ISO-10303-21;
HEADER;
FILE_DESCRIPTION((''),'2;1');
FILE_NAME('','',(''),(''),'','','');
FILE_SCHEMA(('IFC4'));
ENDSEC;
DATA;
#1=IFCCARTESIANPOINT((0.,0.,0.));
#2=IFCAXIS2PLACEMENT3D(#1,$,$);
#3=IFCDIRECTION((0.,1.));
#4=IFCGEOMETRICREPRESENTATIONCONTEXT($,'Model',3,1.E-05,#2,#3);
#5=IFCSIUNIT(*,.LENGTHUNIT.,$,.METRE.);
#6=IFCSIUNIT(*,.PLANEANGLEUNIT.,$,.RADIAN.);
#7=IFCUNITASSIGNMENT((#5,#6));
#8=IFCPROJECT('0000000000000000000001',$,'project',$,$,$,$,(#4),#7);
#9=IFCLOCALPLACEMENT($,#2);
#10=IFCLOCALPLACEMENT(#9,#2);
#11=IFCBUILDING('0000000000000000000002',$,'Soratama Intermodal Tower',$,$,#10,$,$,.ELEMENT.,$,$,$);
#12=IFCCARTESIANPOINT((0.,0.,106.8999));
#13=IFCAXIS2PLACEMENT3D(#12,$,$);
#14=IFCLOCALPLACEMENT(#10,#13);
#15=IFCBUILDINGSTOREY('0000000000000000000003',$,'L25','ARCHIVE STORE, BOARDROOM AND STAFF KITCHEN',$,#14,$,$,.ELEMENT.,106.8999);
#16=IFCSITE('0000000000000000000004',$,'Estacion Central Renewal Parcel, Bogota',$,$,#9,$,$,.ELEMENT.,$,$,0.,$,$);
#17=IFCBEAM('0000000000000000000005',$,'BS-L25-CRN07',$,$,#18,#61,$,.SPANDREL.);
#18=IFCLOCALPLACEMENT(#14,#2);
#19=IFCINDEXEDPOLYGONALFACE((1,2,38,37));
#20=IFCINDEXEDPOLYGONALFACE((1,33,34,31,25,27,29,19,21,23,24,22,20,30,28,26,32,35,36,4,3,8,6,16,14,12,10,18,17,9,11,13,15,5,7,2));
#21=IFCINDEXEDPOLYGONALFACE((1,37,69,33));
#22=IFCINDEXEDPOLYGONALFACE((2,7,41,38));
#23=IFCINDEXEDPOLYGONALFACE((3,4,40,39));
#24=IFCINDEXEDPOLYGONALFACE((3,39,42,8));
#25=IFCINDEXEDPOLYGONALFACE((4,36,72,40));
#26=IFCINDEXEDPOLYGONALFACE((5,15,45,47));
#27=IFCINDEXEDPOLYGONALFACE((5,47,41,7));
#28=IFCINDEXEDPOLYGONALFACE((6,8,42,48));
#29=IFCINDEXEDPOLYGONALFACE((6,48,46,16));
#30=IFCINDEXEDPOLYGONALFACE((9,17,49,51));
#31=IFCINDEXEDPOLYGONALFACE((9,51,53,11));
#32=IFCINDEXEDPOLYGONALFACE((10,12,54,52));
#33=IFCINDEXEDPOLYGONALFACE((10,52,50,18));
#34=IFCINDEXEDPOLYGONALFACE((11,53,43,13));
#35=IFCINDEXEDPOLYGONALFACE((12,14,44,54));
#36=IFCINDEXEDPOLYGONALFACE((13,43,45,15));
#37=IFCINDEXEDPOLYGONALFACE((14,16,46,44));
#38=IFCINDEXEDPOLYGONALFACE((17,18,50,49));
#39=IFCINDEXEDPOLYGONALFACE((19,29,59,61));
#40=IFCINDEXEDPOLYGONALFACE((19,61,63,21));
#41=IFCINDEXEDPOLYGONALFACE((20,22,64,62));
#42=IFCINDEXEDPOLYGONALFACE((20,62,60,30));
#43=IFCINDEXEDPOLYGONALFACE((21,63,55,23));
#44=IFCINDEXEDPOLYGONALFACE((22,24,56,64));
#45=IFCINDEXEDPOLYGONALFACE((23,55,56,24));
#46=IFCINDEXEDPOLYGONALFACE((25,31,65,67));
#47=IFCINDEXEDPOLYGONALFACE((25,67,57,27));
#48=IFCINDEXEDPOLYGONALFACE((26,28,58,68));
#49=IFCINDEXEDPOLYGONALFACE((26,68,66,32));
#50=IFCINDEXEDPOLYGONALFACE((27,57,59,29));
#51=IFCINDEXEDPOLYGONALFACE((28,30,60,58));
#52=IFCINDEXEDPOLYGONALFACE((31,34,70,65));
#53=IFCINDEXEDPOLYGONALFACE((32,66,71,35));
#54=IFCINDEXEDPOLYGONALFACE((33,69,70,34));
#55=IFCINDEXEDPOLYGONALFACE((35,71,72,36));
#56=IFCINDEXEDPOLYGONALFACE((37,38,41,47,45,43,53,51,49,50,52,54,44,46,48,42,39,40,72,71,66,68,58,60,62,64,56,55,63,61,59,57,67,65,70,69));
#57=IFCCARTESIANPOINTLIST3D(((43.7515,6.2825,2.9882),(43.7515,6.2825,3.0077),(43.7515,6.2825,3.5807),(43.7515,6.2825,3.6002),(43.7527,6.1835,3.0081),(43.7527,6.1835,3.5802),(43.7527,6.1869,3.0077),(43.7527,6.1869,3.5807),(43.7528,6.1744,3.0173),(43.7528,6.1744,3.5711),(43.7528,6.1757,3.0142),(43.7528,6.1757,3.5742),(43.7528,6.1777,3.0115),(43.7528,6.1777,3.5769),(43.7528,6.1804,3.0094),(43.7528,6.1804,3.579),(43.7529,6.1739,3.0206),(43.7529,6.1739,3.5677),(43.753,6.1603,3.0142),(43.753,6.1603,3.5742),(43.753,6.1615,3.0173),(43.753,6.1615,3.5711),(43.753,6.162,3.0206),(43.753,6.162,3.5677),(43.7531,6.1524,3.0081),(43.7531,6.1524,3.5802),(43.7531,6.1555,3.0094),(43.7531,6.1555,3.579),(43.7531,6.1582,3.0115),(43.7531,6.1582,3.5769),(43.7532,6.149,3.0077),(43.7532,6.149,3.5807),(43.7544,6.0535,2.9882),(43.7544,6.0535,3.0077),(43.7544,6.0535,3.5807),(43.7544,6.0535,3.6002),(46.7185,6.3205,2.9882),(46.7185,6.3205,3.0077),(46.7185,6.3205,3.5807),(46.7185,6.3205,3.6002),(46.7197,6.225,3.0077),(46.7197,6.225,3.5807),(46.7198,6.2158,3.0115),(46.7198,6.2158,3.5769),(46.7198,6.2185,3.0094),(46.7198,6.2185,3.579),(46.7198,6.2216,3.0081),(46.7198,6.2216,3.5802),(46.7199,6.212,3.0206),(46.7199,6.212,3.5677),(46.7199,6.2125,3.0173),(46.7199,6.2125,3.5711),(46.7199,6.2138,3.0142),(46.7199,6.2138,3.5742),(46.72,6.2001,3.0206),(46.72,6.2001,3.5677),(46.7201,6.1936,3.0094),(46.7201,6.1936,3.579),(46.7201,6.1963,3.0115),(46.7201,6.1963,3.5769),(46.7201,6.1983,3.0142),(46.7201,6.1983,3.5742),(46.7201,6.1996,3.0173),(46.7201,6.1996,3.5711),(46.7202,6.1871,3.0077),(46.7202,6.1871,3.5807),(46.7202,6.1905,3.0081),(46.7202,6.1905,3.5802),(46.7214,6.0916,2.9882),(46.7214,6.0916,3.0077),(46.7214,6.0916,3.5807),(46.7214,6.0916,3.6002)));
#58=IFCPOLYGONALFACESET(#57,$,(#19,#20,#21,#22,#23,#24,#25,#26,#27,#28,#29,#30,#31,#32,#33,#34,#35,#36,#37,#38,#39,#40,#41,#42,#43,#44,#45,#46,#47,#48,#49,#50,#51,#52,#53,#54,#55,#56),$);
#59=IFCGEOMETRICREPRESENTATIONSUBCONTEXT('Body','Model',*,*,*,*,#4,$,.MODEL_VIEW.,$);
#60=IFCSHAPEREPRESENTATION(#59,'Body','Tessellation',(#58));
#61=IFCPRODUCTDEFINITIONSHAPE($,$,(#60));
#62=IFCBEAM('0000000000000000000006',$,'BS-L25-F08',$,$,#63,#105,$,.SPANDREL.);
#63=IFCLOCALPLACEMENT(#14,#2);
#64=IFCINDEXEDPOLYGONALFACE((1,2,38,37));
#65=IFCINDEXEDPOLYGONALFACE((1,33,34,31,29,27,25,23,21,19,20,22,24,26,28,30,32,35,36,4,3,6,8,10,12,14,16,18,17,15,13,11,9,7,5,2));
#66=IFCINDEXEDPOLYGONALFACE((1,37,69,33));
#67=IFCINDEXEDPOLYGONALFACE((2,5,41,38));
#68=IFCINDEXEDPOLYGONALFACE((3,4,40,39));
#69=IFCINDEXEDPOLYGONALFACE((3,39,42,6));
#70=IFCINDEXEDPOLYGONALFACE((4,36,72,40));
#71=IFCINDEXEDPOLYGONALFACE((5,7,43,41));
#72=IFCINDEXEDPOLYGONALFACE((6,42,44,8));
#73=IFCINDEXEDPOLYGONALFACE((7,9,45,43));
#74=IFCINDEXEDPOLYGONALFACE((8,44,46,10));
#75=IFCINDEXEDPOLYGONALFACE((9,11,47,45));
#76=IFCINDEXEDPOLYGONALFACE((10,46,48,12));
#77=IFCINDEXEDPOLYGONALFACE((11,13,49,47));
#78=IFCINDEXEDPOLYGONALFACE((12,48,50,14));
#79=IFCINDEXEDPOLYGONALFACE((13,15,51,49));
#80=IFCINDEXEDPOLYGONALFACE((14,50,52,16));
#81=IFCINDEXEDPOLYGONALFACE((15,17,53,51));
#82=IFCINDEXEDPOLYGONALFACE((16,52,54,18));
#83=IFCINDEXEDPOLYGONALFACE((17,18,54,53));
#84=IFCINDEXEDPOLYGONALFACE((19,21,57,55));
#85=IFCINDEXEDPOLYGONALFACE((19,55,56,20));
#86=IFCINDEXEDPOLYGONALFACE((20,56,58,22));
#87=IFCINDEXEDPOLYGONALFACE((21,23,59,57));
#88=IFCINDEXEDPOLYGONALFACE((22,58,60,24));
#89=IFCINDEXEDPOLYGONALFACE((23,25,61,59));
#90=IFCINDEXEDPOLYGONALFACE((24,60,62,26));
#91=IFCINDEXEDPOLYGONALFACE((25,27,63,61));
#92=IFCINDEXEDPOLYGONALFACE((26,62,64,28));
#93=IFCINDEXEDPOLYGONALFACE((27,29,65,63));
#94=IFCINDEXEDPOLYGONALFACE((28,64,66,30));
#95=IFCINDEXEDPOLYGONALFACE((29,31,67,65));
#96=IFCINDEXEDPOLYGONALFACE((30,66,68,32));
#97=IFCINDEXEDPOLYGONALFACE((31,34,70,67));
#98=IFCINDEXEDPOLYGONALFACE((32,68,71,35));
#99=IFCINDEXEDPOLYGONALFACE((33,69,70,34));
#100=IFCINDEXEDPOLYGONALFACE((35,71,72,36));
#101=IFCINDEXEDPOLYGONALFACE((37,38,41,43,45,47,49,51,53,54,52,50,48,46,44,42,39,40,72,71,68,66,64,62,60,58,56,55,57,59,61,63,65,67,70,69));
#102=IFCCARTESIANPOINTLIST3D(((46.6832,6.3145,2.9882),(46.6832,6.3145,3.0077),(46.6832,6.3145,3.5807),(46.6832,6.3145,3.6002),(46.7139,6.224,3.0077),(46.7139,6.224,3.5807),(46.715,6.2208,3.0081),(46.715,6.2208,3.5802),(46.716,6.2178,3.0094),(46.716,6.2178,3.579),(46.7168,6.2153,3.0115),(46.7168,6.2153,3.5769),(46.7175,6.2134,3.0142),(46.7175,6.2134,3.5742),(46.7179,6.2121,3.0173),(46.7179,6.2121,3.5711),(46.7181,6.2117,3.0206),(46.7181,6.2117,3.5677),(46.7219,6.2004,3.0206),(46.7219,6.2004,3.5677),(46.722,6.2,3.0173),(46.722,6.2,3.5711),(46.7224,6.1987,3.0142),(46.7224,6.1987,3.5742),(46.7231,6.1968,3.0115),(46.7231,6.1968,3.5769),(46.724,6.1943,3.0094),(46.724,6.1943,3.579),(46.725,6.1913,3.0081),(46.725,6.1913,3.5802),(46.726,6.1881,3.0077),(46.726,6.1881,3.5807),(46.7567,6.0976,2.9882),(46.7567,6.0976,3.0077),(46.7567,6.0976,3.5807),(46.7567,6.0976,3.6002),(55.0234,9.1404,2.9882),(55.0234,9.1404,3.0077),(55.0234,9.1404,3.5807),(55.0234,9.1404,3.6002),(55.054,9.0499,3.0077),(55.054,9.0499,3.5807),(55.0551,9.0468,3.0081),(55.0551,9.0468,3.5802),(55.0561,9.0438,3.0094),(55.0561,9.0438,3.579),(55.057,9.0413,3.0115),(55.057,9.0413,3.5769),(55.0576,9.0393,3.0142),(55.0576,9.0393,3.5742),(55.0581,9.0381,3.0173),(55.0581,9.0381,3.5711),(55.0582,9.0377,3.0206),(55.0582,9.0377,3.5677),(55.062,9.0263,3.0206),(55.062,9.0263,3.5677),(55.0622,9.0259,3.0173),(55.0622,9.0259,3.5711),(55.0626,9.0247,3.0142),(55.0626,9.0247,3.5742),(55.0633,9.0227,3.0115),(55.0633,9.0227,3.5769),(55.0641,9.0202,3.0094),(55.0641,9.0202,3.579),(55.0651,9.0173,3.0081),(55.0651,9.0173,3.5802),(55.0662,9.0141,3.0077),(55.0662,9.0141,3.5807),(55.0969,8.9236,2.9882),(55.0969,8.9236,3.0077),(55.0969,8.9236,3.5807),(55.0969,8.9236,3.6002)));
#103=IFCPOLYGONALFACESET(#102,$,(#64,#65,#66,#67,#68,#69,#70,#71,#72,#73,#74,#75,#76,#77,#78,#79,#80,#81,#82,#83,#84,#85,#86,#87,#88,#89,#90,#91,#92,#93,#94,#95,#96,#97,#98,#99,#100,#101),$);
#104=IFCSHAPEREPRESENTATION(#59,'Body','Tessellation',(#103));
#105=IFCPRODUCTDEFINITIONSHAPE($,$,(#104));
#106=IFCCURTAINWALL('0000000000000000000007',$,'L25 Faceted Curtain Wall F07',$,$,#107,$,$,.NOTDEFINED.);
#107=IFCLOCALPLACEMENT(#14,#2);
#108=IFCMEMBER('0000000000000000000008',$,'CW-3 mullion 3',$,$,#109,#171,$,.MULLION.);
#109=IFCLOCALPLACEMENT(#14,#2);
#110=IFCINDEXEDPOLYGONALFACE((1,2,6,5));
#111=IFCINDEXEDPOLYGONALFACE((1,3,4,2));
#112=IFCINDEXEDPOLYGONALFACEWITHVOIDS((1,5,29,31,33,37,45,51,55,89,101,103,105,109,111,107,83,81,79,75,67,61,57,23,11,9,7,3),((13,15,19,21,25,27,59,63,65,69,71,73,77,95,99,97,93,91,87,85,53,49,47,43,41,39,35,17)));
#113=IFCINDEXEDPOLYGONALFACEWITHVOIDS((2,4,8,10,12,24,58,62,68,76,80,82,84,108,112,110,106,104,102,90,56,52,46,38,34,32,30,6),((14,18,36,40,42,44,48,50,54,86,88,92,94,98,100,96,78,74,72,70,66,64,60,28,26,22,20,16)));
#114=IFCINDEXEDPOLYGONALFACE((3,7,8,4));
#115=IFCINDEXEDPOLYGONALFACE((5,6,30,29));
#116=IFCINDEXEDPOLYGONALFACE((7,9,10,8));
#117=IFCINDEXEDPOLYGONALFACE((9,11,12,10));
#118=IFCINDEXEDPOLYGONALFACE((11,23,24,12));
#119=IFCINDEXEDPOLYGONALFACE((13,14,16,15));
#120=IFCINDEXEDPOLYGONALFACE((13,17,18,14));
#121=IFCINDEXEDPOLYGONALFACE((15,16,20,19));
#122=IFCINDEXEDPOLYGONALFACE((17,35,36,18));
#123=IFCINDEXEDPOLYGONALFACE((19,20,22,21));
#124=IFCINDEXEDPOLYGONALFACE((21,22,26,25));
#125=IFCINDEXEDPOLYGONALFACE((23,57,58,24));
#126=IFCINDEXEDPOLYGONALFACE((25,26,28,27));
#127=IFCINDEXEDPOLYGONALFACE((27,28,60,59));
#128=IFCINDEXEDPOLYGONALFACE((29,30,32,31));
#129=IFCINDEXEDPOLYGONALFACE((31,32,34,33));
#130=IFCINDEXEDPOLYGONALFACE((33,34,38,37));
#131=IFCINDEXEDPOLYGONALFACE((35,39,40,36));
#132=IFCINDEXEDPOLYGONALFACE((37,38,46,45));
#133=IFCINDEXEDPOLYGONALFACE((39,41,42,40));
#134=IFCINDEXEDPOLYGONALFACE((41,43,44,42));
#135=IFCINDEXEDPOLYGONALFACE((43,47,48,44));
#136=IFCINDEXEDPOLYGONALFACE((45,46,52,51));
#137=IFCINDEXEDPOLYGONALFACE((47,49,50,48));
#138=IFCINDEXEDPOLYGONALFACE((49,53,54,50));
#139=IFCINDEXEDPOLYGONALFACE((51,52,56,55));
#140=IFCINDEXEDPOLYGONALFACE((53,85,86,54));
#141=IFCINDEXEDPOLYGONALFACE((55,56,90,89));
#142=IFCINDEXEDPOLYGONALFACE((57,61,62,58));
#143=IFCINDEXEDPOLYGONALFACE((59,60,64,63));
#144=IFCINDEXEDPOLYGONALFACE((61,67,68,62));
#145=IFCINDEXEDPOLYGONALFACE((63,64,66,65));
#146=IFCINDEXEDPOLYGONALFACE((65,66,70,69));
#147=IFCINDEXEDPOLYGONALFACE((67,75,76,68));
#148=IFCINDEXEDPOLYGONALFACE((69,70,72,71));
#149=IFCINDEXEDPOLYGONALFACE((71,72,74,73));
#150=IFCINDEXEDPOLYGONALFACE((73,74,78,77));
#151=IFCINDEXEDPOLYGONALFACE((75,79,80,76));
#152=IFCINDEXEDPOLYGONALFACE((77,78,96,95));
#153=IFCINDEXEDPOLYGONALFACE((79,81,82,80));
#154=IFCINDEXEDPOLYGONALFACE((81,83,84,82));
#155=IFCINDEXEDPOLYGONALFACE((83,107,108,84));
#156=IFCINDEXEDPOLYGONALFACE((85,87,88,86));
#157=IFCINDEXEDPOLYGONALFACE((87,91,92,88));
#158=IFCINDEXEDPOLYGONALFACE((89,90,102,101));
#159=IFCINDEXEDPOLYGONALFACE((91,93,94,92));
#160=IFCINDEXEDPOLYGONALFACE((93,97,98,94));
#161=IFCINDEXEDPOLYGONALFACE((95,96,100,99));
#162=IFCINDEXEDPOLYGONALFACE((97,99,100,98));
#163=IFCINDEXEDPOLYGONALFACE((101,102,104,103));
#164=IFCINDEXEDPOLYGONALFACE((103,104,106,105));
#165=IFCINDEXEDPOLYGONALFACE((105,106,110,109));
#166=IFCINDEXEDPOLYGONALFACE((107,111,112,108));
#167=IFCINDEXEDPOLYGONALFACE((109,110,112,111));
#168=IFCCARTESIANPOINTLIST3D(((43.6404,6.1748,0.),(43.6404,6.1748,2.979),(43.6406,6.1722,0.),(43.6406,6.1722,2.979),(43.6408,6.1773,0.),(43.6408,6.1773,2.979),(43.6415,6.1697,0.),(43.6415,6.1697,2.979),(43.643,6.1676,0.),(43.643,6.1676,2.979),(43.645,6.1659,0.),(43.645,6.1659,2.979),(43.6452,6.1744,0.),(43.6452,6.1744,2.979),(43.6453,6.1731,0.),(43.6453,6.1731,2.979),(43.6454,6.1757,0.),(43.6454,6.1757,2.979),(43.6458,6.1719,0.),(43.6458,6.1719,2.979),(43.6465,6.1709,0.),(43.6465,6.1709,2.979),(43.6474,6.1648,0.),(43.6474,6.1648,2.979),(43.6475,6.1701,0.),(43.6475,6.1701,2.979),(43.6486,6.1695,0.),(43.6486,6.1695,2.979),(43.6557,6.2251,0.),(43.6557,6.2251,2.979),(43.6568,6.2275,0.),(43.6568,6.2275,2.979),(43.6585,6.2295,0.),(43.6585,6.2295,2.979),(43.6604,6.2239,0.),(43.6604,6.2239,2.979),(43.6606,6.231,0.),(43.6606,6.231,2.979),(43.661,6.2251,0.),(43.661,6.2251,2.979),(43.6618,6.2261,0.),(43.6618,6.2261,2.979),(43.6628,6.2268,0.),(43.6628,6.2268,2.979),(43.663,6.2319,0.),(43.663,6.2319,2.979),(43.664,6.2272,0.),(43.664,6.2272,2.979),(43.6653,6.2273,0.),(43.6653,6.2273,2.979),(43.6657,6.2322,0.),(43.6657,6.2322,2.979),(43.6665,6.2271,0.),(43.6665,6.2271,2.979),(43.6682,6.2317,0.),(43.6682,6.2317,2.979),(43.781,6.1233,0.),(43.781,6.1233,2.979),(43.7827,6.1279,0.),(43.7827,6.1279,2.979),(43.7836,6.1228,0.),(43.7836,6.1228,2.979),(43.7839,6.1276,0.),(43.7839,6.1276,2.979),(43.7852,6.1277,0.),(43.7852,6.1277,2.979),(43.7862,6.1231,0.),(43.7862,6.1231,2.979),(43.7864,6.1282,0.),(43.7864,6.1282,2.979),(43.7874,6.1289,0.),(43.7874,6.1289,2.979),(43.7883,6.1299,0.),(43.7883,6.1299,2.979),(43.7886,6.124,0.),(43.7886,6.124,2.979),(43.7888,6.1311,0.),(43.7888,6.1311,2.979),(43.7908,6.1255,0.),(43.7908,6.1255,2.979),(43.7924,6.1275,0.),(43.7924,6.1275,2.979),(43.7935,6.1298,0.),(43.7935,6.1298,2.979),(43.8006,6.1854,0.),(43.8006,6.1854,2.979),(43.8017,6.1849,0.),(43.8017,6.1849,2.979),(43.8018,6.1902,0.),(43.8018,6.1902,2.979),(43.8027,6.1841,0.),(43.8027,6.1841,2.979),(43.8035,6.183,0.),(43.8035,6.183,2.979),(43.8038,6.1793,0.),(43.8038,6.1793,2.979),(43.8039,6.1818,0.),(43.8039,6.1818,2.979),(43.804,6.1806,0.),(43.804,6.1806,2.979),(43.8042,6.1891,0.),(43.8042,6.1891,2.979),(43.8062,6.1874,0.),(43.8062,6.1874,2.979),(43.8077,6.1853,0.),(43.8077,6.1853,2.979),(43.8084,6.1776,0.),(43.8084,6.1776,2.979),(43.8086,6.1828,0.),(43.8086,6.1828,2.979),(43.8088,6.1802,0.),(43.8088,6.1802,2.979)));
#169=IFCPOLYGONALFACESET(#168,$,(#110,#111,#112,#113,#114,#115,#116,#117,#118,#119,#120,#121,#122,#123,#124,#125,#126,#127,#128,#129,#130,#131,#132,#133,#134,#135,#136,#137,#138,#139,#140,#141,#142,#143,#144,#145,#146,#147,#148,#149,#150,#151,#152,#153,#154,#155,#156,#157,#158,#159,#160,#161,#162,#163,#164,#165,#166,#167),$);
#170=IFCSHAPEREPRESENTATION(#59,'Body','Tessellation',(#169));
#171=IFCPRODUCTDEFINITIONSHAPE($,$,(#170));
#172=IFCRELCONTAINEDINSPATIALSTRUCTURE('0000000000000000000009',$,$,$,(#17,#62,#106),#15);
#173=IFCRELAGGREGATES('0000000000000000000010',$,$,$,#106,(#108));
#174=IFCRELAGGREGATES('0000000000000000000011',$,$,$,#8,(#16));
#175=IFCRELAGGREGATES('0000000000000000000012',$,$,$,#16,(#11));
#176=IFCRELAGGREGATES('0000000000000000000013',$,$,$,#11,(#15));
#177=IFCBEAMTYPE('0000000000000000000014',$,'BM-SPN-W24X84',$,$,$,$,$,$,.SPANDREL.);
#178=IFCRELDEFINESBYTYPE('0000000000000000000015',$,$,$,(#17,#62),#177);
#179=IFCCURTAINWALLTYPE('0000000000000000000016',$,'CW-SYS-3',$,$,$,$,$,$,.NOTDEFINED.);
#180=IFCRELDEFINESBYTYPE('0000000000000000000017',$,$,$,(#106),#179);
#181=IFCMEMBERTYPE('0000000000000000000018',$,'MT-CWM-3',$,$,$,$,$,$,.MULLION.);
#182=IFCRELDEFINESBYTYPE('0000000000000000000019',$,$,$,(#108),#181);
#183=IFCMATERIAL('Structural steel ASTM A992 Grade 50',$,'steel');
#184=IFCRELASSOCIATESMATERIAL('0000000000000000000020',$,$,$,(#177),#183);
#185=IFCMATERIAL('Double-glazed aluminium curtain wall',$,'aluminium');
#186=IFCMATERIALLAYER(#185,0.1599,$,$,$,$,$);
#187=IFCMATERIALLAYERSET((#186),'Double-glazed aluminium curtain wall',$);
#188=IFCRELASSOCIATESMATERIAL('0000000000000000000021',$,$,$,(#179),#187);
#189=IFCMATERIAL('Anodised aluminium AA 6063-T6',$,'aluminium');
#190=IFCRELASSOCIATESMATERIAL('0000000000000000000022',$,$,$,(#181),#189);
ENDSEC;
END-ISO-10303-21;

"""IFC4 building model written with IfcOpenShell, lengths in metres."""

from ifc_helpers import new_model, si_unit, direction, frame, origin, origin_2d, place, context, subcontext, project, spatial, hollow_rectangle, i_section, extrude, material, layer, layer_set, material_profile, profile_set, type_object, element, aggregate, save


model = new_model("IFC4")

# Units and contexts
model_context = context("Model", 3, precision=1e-05, world=origin(), true_north=direction((0.0, 1.0)))
body_context = subcontext(model_context, "Body", "Model", "MODEL_VIEW")
ifc_project = project(units=[si_unit("LENGTHUNIT", "METRE"), si_unit("PLANEANGLEUNIT", "RADIAN")], contexts=[model_context])

# Site, building, storey
site_placement = place(None, origin())
site = spatial("IfcSite", under=ifc_project, at=site_placement, Name="Estacion Central Renewal Parcel, Bogota", CompositionType="ELEMENT", RefElevation=0.0)
building_placement = place(site_placement, origin())
building = spatial("IfcBuilding", under=site, at=building_placement, Name="Soratama Intermodal Tower", CompositionType="ELEMENT")
storey_placement = place(building_placement, frame((0.0, 0.0, 106.8999)))
storey = spatial("IfcBuildingStorey", under=building, at=storey_placement, Name="L25", Description="ARCHIVE STORE, BOARDROOM AND STAFF KITCHEN", CompositionType="ELEMENT", Elevation=106.8999)

# Beams
ifc_material_1 = material(Name="Structural steel ASTM A992 Grade 50", Category="steel")
ifc_material_profile_1 = material_profile(ifc_material_1, i_section(OverallWidth=0.229, OverallDepth=0.6121, WebThickness=0.012, FlangeThickness=0.0195, FilletRadius=0.0129, at=origin_2d()), Name="W24X84")
ifc_profile_set_1 = profile_set([ifc_material_profile_1], Name="Structural steel ASTM A992 Grade 50")
beam_type_1 = type_object("IfcBeamType", Name="BM-SPN-W24X84", PredefinedType="SPANDREL", material=ifc_profile_set_1)
beam_1_placement = place(storey_placement, frame((43.7529, 6.168, 3.2942), z_axis=(0.999918, 0.012835, 0.0), x_axis=(-0.012835, 0.999918, 0.0)))
element("IfcBeam", 1, at=beam_1_placement, inside=storey, type_object=beam_type_1, Name="BS-L25-CRN07", PredefinedType="SPANDREL", context=body_context, shape_type="SweptSolid", body=[
    extrude(i_section(OverallWidth=0.229, OverallDepth=0.6121, WebThickness=0.012, FlangeThickness=0.0195, FilletRadius=0.0129, at=origin_2d()), origin(), (0.0, 0.0, 1.0), 2.9673),
])
beam_2_placement = place(storey_placement, frame((46.72, 6.2061, 3.2942), z_axis=(0.947108, 0.320915, 0.0), x_axis=(-0.320915, 0.947108, 0.0)))
element("IfcBeam", 2, at=beam_2_placement, inside=storey, type_object=beam_type_1, Name="BS-L25-F08", PredefinedType="SPANDREL", context=body_context, shape_type="SweptSolid", body=[
    extrude(i_section(OverallWidth=0.229, OverallDepth=0.6121, WebThickness=0.012, FlangeThickness=0.0195, FilletRadius=0.0129, at=origin_2d()), origin(), (0.0, 0.0, 1.0), 8.8059),
])

# Curtain wall, member
ifc_material_2 = material(Name="Double-glazed aluminium curtain wall", Category="aluminium")
ifc_layer_1 = layer(ifc_material_2, 0.1599)
ifc_layer_set_1 = layer_set([ifc_layer_1], Name="Double-glazed aluminium curtain wall")
curtain_wall_type = type_object("IfcCurtainWallType", Name="CW-SYS-3", PredefinedType="NOTDEFINED", material=ifc_layer_set_1)
curtain_wall_1_placement = place(storey_placement, origin())
curtain_wall_1 = element("IfcCurtainWall", 3, at=curtain_wall_1_placement, inside=storey, type_object=curtain_wall_type, Name="L25 Faceted Curtain Wall F07", PredefinedType="NOTDEFINED")
ifc_material_3 = material(Name="Anodised aluminium AA 6063-T6", Category="aluminium")
ifc_material_profile_2 = material_profile(ifc_material_3, hollow_rectangle(XDim=0.0701, YDim=0.1599, WallThickness=0.0049, InnerFilletRadius=0.0049, OuterFilletRadius=0.01, at=origin_2d()), Name="CWM160X70X5")
ifc_profile_set_2 = profile_set([ifc_material_profile_2], Name="Anodised aluminium AA 6063-T6")
member_type_1 = type_object("IfcMemberType", Name="MT-CWM-3", PredefinedType="MULLION", material=ifc_profile_set_2)
member_1_placement = place(storey_placement, frame((43.7246, 6.1775, 0.0), z_axis=(0.0, 0.0, 1.0), x_axis=(0.297039, 0.954865, 0.0)))
member_1 = element("IfcMember", 4, at=member_1_placement, type_object=member_type_1, Name="CW-3 mullion 3", PredefinedType="MULLION", context=body_context, shape_type="SweptSolid", body=[
    extrude(hollow_rectangle(XDim=0.0701, YDim=0.1599, WallThickness=0.0049, InnerFilletRadius=0.0049, OuterFilletRadius=0.01, at=origin_2d()), origin(), (0.0, 0.0, 1.0), 2.979),
])

aggregate(curtain_wall_1, [member_1])

save(model, "model.ifc")
